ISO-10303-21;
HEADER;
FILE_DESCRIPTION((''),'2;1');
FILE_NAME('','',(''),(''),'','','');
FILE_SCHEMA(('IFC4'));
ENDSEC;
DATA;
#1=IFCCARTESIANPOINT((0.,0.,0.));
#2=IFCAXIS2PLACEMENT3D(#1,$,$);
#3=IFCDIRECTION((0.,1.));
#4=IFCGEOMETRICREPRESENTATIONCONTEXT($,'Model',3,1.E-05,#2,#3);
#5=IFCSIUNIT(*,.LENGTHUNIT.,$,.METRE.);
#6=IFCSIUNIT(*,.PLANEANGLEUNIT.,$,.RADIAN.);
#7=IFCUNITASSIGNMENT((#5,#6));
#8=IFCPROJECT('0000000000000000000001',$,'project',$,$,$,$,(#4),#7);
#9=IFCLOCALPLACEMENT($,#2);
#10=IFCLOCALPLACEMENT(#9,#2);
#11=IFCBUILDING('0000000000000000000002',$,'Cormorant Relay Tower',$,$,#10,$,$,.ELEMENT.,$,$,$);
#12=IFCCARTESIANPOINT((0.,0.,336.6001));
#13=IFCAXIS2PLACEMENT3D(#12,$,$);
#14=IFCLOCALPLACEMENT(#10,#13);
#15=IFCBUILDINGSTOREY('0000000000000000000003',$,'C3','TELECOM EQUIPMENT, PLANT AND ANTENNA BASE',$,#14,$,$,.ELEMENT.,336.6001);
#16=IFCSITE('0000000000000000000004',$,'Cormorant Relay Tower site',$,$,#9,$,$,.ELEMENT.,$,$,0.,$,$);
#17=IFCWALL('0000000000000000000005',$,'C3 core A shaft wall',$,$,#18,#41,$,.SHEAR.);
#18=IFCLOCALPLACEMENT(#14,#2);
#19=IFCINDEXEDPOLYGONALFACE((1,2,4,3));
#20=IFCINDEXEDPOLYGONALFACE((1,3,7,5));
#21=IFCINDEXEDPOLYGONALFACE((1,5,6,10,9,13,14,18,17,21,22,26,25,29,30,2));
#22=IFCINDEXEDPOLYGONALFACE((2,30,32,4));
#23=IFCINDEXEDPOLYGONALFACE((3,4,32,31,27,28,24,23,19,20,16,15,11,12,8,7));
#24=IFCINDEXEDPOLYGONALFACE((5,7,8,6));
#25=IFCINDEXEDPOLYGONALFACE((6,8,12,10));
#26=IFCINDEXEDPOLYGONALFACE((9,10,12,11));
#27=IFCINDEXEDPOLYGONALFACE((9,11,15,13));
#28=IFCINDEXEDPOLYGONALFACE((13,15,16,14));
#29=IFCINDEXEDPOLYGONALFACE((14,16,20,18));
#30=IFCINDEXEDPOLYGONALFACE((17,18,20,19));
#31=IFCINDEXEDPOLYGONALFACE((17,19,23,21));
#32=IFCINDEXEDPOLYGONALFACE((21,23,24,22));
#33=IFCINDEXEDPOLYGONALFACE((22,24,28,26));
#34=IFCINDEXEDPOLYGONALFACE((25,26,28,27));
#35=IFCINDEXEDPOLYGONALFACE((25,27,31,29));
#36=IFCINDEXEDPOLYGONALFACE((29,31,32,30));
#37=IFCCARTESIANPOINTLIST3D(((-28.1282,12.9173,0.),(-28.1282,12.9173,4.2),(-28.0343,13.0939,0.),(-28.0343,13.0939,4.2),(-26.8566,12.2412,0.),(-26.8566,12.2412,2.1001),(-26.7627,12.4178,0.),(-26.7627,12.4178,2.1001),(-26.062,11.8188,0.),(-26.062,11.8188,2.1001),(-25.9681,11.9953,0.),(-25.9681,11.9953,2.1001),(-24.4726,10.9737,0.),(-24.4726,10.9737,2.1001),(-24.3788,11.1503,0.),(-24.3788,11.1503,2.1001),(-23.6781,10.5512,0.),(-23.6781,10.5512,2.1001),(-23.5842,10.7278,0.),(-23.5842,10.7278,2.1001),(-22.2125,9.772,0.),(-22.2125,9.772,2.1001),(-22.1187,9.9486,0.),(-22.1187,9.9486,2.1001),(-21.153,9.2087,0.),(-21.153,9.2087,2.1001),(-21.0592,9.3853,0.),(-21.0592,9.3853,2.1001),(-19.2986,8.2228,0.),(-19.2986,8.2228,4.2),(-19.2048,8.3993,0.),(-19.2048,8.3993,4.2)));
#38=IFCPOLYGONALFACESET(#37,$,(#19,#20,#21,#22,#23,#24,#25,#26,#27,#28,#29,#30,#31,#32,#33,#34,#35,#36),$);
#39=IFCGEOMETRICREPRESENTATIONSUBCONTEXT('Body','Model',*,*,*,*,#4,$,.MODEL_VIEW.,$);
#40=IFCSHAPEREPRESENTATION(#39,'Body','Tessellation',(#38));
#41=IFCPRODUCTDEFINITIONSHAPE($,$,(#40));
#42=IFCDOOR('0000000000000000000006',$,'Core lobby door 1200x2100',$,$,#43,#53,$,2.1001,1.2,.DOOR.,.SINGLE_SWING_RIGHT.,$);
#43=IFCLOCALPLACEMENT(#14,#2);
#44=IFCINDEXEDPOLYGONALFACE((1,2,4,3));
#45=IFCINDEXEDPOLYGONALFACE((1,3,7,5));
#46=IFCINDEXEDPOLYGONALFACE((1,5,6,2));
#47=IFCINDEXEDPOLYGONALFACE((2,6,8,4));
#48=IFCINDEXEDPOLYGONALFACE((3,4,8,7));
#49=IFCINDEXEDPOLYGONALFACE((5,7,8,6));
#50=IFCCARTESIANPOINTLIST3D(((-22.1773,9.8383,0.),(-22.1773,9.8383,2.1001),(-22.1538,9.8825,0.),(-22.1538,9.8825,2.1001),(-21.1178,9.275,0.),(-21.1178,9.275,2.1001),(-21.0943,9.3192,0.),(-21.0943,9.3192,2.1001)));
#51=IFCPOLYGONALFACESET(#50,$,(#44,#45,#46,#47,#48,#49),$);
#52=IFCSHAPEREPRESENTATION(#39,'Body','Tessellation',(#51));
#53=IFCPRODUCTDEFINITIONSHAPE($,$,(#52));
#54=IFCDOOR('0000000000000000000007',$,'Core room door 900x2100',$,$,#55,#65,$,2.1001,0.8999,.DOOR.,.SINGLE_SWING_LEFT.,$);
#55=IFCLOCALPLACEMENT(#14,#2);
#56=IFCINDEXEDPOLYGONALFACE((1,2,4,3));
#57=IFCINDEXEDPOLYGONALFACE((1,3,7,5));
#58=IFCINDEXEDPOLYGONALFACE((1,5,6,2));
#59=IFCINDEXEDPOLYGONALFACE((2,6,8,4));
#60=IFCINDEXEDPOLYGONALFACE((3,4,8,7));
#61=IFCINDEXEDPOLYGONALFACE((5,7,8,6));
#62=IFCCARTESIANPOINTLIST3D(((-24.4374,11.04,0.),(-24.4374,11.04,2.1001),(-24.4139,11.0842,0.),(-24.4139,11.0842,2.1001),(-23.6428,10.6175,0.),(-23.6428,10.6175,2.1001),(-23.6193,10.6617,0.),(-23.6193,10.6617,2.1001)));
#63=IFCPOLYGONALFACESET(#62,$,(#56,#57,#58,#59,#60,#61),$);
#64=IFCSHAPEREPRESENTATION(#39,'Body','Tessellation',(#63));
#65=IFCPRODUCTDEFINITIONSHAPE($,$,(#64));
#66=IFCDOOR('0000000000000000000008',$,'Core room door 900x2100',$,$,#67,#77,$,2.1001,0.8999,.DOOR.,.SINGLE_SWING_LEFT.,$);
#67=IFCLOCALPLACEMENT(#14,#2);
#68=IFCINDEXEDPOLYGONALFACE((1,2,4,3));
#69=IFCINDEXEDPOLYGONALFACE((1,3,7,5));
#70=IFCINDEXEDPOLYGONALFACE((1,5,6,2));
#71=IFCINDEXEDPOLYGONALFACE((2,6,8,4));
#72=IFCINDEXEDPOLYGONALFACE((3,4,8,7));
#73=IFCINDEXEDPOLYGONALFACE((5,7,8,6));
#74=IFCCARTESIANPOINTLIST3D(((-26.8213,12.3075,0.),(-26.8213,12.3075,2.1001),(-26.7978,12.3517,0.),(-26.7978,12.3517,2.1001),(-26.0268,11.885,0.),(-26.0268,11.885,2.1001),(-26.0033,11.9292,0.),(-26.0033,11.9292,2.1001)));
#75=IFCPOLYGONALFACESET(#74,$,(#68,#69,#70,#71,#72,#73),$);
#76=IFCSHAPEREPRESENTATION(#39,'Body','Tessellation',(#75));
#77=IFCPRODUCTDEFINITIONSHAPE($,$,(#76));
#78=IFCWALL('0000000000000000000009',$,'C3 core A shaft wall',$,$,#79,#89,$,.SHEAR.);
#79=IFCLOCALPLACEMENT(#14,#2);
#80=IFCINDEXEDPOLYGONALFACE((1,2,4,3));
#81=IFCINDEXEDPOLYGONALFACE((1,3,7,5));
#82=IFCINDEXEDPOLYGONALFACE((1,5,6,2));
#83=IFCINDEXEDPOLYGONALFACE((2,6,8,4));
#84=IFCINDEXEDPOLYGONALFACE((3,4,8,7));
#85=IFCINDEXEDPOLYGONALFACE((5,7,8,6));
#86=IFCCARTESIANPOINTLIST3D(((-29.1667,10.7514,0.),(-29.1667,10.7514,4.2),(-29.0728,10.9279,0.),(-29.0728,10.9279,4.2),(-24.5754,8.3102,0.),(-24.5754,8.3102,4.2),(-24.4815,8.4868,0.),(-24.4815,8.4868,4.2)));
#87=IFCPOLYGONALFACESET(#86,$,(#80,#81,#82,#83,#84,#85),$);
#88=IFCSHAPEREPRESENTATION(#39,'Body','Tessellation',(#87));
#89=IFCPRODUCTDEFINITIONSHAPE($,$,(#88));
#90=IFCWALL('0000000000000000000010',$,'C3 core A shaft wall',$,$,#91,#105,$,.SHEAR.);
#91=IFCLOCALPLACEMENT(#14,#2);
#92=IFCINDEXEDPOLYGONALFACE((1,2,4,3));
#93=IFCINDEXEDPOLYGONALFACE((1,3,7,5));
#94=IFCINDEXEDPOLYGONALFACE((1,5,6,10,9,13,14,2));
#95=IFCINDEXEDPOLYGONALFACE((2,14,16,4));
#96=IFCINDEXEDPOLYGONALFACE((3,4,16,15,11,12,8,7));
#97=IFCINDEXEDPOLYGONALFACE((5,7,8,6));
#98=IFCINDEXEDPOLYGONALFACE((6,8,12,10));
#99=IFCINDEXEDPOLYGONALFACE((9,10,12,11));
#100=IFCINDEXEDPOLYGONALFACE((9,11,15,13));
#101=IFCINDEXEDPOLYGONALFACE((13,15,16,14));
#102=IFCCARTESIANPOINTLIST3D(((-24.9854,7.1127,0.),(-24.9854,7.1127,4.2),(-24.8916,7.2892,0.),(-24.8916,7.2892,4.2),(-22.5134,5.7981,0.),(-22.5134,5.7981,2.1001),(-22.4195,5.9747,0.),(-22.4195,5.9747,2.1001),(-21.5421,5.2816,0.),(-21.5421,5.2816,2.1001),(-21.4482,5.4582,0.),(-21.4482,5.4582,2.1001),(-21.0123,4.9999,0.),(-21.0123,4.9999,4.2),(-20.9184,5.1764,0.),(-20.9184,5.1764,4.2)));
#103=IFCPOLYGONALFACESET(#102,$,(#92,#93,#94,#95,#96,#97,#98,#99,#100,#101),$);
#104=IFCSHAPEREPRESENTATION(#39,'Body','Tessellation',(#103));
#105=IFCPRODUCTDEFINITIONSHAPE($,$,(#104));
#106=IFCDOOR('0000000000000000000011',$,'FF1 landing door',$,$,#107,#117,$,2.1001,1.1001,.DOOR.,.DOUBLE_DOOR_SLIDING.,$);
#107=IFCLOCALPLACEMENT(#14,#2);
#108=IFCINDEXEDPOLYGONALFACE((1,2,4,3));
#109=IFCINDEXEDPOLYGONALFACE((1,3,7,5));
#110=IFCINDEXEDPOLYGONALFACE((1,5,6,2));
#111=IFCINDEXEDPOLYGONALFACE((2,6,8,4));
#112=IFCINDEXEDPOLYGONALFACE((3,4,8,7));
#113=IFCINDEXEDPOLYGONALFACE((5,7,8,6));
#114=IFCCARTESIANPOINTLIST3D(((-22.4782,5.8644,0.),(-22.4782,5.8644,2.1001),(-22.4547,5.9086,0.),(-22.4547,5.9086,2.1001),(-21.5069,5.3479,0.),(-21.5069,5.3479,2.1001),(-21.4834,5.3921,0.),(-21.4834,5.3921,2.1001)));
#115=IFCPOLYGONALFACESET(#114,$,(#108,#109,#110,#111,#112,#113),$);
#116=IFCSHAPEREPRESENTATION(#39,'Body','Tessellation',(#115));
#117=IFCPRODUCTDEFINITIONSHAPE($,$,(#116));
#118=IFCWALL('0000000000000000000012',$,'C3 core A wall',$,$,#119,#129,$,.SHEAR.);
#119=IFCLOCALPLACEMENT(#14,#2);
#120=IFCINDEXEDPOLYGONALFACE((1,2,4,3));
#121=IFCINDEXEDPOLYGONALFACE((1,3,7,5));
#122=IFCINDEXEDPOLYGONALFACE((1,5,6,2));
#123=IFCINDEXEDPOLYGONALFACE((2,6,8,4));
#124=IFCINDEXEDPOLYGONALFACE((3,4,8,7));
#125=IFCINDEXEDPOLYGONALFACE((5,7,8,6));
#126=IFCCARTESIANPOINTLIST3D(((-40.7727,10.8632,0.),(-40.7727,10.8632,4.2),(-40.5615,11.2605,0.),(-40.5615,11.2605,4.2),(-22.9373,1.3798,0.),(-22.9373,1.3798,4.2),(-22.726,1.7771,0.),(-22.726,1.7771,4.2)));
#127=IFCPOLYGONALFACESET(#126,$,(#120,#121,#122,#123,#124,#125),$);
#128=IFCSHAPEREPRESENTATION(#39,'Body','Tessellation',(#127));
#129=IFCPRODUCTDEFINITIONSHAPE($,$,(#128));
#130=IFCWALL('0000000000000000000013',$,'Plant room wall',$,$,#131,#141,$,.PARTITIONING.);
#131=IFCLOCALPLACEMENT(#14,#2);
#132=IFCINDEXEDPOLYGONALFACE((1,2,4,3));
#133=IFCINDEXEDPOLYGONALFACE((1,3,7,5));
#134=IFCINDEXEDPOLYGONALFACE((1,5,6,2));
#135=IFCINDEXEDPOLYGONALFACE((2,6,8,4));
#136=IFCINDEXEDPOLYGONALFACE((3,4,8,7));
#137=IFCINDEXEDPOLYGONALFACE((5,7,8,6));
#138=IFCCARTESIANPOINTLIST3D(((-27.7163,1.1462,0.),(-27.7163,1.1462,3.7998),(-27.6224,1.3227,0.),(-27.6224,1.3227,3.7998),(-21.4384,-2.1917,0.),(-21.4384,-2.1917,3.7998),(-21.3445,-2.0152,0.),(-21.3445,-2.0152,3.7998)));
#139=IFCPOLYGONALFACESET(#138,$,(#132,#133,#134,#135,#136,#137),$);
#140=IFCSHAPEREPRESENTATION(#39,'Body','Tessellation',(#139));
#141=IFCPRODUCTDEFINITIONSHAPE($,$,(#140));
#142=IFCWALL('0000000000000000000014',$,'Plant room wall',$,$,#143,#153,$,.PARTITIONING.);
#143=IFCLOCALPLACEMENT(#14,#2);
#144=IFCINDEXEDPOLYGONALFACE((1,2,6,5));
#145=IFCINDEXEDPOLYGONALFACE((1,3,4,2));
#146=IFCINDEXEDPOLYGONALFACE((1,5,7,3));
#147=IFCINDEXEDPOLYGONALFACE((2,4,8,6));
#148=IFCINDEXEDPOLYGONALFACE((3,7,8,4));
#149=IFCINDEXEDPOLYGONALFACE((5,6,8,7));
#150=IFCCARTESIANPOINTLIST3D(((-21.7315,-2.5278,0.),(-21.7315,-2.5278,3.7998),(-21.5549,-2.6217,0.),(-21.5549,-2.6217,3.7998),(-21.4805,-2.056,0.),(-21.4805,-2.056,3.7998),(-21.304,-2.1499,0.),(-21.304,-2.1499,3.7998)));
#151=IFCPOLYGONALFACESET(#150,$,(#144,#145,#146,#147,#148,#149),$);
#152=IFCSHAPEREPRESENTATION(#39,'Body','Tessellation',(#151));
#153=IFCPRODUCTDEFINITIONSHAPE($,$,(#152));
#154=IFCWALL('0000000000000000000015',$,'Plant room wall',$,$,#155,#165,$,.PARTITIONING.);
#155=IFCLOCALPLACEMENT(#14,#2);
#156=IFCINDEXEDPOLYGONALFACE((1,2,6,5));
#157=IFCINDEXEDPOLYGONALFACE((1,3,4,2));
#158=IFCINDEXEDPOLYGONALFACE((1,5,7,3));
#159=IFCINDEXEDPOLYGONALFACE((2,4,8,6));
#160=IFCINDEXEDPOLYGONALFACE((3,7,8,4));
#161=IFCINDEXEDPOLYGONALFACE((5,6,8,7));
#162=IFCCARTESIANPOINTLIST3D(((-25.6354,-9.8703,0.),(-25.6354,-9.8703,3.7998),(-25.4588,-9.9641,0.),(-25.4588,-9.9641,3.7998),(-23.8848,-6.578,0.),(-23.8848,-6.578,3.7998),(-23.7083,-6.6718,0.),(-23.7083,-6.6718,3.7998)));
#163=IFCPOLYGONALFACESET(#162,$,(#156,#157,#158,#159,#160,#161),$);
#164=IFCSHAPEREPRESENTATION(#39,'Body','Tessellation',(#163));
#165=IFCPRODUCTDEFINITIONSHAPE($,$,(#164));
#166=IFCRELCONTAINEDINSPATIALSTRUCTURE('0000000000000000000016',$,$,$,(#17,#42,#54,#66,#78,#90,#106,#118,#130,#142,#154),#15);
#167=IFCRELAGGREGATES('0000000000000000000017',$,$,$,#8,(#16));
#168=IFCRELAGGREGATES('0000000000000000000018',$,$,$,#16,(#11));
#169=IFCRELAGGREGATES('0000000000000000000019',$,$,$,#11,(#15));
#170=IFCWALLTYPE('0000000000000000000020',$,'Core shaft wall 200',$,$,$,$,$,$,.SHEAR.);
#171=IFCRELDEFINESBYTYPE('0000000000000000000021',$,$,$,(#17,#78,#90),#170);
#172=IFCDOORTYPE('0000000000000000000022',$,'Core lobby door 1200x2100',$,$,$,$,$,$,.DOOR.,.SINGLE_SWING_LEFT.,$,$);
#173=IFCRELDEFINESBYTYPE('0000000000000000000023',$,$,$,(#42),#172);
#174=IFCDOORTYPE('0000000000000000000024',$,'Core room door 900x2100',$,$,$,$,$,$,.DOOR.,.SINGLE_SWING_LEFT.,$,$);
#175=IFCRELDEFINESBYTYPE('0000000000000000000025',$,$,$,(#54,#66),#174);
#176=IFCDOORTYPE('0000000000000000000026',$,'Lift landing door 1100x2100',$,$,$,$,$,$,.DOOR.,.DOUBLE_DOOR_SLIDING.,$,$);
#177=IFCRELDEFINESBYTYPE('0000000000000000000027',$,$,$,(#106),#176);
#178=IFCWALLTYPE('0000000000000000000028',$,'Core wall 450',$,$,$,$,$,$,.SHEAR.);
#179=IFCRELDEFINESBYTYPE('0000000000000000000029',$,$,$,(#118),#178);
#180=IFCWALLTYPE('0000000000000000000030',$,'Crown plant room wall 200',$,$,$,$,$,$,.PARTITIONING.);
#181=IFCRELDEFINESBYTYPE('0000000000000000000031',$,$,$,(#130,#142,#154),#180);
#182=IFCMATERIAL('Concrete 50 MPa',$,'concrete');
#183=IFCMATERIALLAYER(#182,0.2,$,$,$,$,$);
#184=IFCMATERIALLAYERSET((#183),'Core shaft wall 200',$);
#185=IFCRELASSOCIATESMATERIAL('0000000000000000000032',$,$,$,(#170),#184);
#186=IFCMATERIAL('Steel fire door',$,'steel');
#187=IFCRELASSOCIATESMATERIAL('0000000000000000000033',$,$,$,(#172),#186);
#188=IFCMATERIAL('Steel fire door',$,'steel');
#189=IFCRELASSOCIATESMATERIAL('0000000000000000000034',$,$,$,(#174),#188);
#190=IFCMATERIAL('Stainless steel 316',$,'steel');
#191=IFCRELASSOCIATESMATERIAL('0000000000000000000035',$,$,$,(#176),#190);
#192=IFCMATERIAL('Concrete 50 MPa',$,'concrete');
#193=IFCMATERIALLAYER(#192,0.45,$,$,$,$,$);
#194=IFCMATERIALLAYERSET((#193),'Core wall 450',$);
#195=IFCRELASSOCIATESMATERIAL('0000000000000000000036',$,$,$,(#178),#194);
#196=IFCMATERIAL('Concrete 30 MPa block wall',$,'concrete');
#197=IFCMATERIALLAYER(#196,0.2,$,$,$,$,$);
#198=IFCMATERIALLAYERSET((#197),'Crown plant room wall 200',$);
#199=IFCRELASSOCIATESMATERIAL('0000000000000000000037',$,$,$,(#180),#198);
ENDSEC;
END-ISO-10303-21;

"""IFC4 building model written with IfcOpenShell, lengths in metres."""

from ifc_helpers import new_model, si_unit, direction, frame, frame_2d, origin, place, context, subcontext, project, spatial, rectangle, extrude, material, layer, layer_set, type_object, element, fill, save


model = new_model("IFC4")

# Units and contexts
model_context = context("Model", 3, precision=1e-05, world=origin(), true_north=direction((0.0, 1.0)))
body_context = subcontext(model_context, "Body", "Model", "MODEL_VIEW")
ifc_project = project(units=[si_unit("LENGTHUNIT", "METRE"), si_unit("PLANEANGLEUNIT", "RADIAN")], contexts=[model_context])

# Site, building, storey
site_placement = place(None, origin())
site = spatial("IfcSite", under=ifc_project, at=site_placement, Name="Cormorant Relay Tower site", CompositionType="ELEMENT", RefElevation=0.0)
building_placement = place(site_placement, origin())
building = spatial("IfcBuilding", under=site, at=building_placement, Name="Cormorant Relay Tower", CompositionType="ELEMENT")
storey_placement = place(building_placement, frame((0.0, 0.0, 336.6001)))
storey = spatial("IfcBuildingStorey", under=building, at=storey_placement, Name="C3", Description="TELECOM EQUIPMENT, PLANT AND ANTENNA BASE", CompositionType="ELEMENT", Elevation=336.6001)

# Shared definitions
ifc_material_1 = material(Name="Concrete 50 MPa", Category="concrete")
ifc_layer_1 = layer(ifc_material_1, 0.2)
ifc_layer_set_1 = layer_set([ifc_layer_1], Name="Core shaft wall 200")
wall_type_1 = type_object("IfcWallType", Name="Core shaft wall 200", PredefinedType="SHEAR", material=ifc_layer_set_1)

# Wall, openings, doors
wall_1_placement = place(storey_placement, frame((-19.2517, 8.311, 0.0), z_axis=(0.0, 0.0, 1.0), x_axis=(-0.882956, 0.469456, 0.0)))
wall_1 = element("IfcWall", 1, at=wall_1_placement, inside=storey, type_object=wall_type_1, Name="C3 core A shaft wall", PredefinedType="SHEAR", context=body_context, shape_type="SweptSolid", body=[
    extrude(rectangle(XDim=10.0, YDim=0.2, at=frame_2d((5.0, 0.0))), origin(), (0.0, 0.0, 1.0), 4.2),
])
opening_1_placement = place(wall_1_placement, frame((2.1001, 0.0, 0.0)))
opening_1 = element("IfcOpeningElement", 2, at=opening_1_placement, cuts=wall_1, PredefinedType="OPENING", context=body_context, shape_type="SweptSolid", body=[
    extrude(rectangle(XDim=1.2, YDim=2.1001, at=frame_2d((0.6001, 1.05))), frame((0.0, 0.1099, 0.0), z_axis=(0.0, -1.0, 0.0), x_axis=(1.0, 0.0, 0.0)), (0.0, 0.0, 1.0), 0.22),
])
opening_2_placement = place(wall_1_placement, frame((4.96, 0.0, 0.0)))
opening_2 = element("IfcOpeningElement", 3, at=opening_2_placement, cuts=wall_1, PredefinedType="OPENING", context=body_context, shape_type="SweptSolid", body=[
    extrude(rectangle(XDim=0.8999, YDim=2.1001, at=frame_2d((0.45, 1.05))), frame((0.0, 0.1099, 0.0), z_axis=(0.0, -1.0, 0.0), x_axis=(1.0, 0.0, 0.0)), (0.0, 0.0, 1.0), 0.22),
])
opening_3_placement = place(wall_1_placement, frame((7.6599, 0.0, 0.0)))
opening_3 = element("IfcOpeningElement", 4, at=opening_3_placement, cuts=wall_1, PredefinedType="OPENING", context=body_context, shape_type="SweptSolid", body=[
    extrude(rectangle(XDim=0.8999, YDim=2.1001, at=frame_2d((0.45, 1.05))), frame((0.0, 0.1099, 0.0), z_axis=(0.0, -1.0, 0.0), x_axis=(1.0, 0.0, 0.0)), (0.0, 0.0, 1.0), 0.22),
])
ifc_material_2 = material(Name="Steel fire door", Category="steel")
door_type_1 = type_object("IfcDoorType", Name="Core lobby door 1200x2100", OperationType="SINGLE_SWING_LEFT", PredefinedType="DOOR", material=ifc_material_2)
door_1_placement = place(opening_1_placement, origin())
door_1 = element("IfcDoor", 5, at=door_1_placement, inside=storey, type_object=door_type_1, Name="Core lobby door 1200x2100", OperationType="SINGLE_SWING_RIGHT", OverallHeight=2.1001, OverallWidth=1.2, PredefinedType="DOOR", context=body_context, shape_type="SweptSolid", body=[
    extrude(rectangle(XDim=1.2, YDim=2.1001, at=frame_2d((0.6001, 1.05))), frame((0.0, 0.0249, 0.0), z_axis=(0.0, -1.0, 0.0), x_axis=(1.0, 0.0, 0.0)), (0.0, 0.0, 1.0), 0.05),
])
fill(opening_1, door_1)
ifc_material_3 = material(Name="Steel fire door", Category="steel")
door_type_2 = type_object("IfcDoorType", Name="Core room door 900x2100", OperationType="SINGLE_SWING_LEFT", PredefinedType="DOOR", material=ifc_material_3)
door_2_placement = place(opening_2_placement, origin())
door_2 = element("IfcDoor", 6, at=door_2_placement, inside=storey, type_object=door_type_2, Name="Core room door 900x2100", OperationType="SINGLE_SWING_LEFT", OverallHeight=2.1001, OverallWidth=0.8999, PredefinedType="DOOR", context=body_context, shape_type="SweptSolid", body=[
    extrude(rectangle(XDim=0.8999, YDim=2.1001, at=frame_2d((0.45, 1.05))), frame((0.0, 0.0249, 0.0), z_axis=(0.0, -1.0, 0.0), x_axis=(1.0, 0.0, 0.0)), (0.0, 0.0, 1.0), 0.05),
])
fill(opening_2, door_2)
door_3_placement = place(opening_3_placement, origin())
door_3 = element("IfcDoor", 7, at=door_3_placement, inside=storey, type_object=door_type_2, Name="Core room door 900x2100", OperationType="SINGLE_SWING_LEFT", OverallHeight=2.1001, OverallWidth=0.8999, PredefinedType="DOOR", context=body_context, shape_type="SweptSolid", body=[
    extrude(rectangle(XDim=0.8999, YDim=2.1001, at=frame_2d((0.45, 1.05))), frame((0.0, 0.0249, 0.0), z_axis=(0.0, -1.0, 0.0), x_axis=(1.0, 0.0, 0.0)), (0.0, 0.0, 1.0), 0.05),
])
fill(opening_3, door_3)

# Wall
wall_2_placement = place(storey_placement, frame((-24.5283, 8.3984, 0.0), z_axis=(0.0, 0.0, 1.0), x_axis=(-0.882954, 0.46946, 0.0)))
element("IfcWall", 8, at=wall_2_placement, inside=storey, type_object=wall_type_1, Name="C3 core A shaft wall", PredefinedType="SHEAR", context=body_context, shape_type="SweptSolid", body=[
    extrude(rectangle(XDim=5.2, YDim=0.2, at=frame_2d((2.6001, 0.0))), origin(), (0.0, 0.0, 1.0), 4.2),
])

# Wall, opening, door
wall_3_placement = place(storey_placement, frame((-20.9653, 5.0881, 0.0), z_axis=(0.0, 0.0, 1.0), x_axis=(-0.882926, 0.469512, 0.0)))
wall_3 = element("IfcWall", 9, at=wall_3_placement, inside=storey, type_object=wall_type_1, Name="C3 core A shaft wall", PredefinedType="SHEAR", context=body_context, shape_type="SweptSolid", body=[
    extrude(rectangle(XDim=4.5, YDim=0.2, at=frame_2d((2.25, 0.0))), origin(), (0.0, 0.0, 1.0), 4.2),
])
opening_4_placement = place(wall_3_placement, frame((0.6001, 0.0, 0.0)))
opening_4 = element("IfcOpeningElement", 10, at=opening_4_placement, cuts=wall_3, PredefinedType="OPENING", context=body_context, shape_type="SweptSolid", body=[
    extrude(rectangle(XDim=1.1001, YDim=2.1001, at=frame_2d((0.55, 1.05))), frame((0.0, 0.1099, 0.0), z_axis=(0.0, -1.0, 0.0), x_axis=(1.0, 0.0, 0.0)), (0.0, 0.0, 1.0), 0.22),
])
ifc_material_4 = material(Name="Stainless steel 316", Category="steel")
door_type_3 = type_object("IfcDoorType", Name="Lift landing door 1100x2100", OperationType="DOUBLE_DOOR_SLIDING", PredefinedType="DOOR", material=ifc_material_4)
door_4_placement = place(opening_4_placement, origin())
door_4 = element("IfcDoor", 11, at=door_4_placement, inside=storey, type_object=door_type_3, Name="FF1 landing door", OperationType="DOUBLE_DOOR_SLIDING", OverallHeight=2.1001, OverallWidth=1.1001, PredefinedType="DOOR", context=body_context, shape_type="SweptSolid", body=[
    extrude(rectangle(XDim=1.1001, YDim=2.1001, at=frame_2d((0.55, 1.05))), frame((0.0, 0.0249, 0.0), z_axis=(0.0, -1.0, 0.0), x_axis=(1.0, 0.0, 0.0)), (0.0, 0.0, 1.0), 0.05),
])
fill(opening_4, door_4)

# Walls
ifc_material_5 = material(Name="Concrete 50 MPa", Category="concrete")
ifc_layer_2 = layer(ifc_material_5, 0.45)
ifc_layer_set_2 = layer_set([ifc_layer_2], Name="Core wall 450")
wall_type_2 = type_object("IfcWallType", Name="Core wall 450", PredefinedType="SHEAR", material=ifc_layer_set_2)
wall_4_placement = place(storey_placement, frame((-22.8315, 1.5784, 0.0), z_axis=(0.0, 0.0, 1.0), x_axis=(-0.882945, 0.469476, 0.0)))
element("IfcWall", 12, at=wall_4_placement, inside=storey, type_object=wall_type_2, Name="C3 core A wall", PredefinedType="SHEAR", context=body_context, shape_type="SweptSolid", body=[
    extrude(rectangle(XDim=20.2, YDim=0.45, at=frame_2d((10.1001, 0.0))), origin(), (0.0, 0.0, 1.0), 4.2),
])
ifc_material_6 = material(Name="Concrete 30 MPa block wall", Category="concrete")
ifc_layer_3 = layer(ifc_material_6, 0.2)
ifc_layer_set_3 = layer_set([ifc_layer_3], Name="Crown plant room wall 200")
wall_type_3 = type_object("IfcWallType", Name="Crown plant room wall 200", PredefinedType="PARTITIONING", material=ifc_layer_set_3)
wall_5_placement = place(storey_placement, frame((-21.3914, -2.1035, 0.0), z_axis=(0.0, 0.0, 1.0), x_axis=(-0.882953, 0.469461, 0.0)))
element("IfcWall", 13, at=wall_5_placement, inside=storey, type_object=wall_type_3, Name="Plant room wall", PredefinedType="PARTITIONING", context=body_context, shape_type="SweptSolid", body=[
    extrude(rectangle(XDim=7.1101, YDim=0.2, at=frame_2d((3.5552, 0.0))), origin(), (0.0, 0.0, 1.0), 3.7998),
])
wall_6_placement = place(storey_placement, frame((-21.3923, -2.103, 0.0), z_axis=(0.0, 0.0, 1.0), x_axis=(-0.469545, -0.882909, 0.0)))
element("IfcWall", 14, at=wall_6_placement, inside=storey, type_object=wall_type_3, Name="Plant room wall", PredefinedType="PARTITIONING", context=body_context, shape_type="SweptSolid", body=[
    extrude(rectangle(XDim=0.5344, YDim=0.2, at=frame_2d((0.2671, 0.0))), origin(), (0.0, 0.0, 1.0), 3.7998),
])
wall_7_placement = place(storey_placement, frame((-23.7966, -6.625, 0.0), z_axis=(0.0, 0.0, 1.0), x_axis=(-0.469466, -0.88295, 0.0)))
element("IfcWall", 15, at=wall_7_placement, inside=storey, type_object=wall_type_3, Name="Plant room wall", PredefinedType="PARTITIONING", context=body_context, shape_type="SweptSolid", body=[
    extrude(rectangle(XDim=3.7288, YDim=0.2, at=frame_2d((1.8643, 0.0))), origin(), (0.0, 0.0, 1.0), 3.7998),
])

save(model, "model.ifc")
